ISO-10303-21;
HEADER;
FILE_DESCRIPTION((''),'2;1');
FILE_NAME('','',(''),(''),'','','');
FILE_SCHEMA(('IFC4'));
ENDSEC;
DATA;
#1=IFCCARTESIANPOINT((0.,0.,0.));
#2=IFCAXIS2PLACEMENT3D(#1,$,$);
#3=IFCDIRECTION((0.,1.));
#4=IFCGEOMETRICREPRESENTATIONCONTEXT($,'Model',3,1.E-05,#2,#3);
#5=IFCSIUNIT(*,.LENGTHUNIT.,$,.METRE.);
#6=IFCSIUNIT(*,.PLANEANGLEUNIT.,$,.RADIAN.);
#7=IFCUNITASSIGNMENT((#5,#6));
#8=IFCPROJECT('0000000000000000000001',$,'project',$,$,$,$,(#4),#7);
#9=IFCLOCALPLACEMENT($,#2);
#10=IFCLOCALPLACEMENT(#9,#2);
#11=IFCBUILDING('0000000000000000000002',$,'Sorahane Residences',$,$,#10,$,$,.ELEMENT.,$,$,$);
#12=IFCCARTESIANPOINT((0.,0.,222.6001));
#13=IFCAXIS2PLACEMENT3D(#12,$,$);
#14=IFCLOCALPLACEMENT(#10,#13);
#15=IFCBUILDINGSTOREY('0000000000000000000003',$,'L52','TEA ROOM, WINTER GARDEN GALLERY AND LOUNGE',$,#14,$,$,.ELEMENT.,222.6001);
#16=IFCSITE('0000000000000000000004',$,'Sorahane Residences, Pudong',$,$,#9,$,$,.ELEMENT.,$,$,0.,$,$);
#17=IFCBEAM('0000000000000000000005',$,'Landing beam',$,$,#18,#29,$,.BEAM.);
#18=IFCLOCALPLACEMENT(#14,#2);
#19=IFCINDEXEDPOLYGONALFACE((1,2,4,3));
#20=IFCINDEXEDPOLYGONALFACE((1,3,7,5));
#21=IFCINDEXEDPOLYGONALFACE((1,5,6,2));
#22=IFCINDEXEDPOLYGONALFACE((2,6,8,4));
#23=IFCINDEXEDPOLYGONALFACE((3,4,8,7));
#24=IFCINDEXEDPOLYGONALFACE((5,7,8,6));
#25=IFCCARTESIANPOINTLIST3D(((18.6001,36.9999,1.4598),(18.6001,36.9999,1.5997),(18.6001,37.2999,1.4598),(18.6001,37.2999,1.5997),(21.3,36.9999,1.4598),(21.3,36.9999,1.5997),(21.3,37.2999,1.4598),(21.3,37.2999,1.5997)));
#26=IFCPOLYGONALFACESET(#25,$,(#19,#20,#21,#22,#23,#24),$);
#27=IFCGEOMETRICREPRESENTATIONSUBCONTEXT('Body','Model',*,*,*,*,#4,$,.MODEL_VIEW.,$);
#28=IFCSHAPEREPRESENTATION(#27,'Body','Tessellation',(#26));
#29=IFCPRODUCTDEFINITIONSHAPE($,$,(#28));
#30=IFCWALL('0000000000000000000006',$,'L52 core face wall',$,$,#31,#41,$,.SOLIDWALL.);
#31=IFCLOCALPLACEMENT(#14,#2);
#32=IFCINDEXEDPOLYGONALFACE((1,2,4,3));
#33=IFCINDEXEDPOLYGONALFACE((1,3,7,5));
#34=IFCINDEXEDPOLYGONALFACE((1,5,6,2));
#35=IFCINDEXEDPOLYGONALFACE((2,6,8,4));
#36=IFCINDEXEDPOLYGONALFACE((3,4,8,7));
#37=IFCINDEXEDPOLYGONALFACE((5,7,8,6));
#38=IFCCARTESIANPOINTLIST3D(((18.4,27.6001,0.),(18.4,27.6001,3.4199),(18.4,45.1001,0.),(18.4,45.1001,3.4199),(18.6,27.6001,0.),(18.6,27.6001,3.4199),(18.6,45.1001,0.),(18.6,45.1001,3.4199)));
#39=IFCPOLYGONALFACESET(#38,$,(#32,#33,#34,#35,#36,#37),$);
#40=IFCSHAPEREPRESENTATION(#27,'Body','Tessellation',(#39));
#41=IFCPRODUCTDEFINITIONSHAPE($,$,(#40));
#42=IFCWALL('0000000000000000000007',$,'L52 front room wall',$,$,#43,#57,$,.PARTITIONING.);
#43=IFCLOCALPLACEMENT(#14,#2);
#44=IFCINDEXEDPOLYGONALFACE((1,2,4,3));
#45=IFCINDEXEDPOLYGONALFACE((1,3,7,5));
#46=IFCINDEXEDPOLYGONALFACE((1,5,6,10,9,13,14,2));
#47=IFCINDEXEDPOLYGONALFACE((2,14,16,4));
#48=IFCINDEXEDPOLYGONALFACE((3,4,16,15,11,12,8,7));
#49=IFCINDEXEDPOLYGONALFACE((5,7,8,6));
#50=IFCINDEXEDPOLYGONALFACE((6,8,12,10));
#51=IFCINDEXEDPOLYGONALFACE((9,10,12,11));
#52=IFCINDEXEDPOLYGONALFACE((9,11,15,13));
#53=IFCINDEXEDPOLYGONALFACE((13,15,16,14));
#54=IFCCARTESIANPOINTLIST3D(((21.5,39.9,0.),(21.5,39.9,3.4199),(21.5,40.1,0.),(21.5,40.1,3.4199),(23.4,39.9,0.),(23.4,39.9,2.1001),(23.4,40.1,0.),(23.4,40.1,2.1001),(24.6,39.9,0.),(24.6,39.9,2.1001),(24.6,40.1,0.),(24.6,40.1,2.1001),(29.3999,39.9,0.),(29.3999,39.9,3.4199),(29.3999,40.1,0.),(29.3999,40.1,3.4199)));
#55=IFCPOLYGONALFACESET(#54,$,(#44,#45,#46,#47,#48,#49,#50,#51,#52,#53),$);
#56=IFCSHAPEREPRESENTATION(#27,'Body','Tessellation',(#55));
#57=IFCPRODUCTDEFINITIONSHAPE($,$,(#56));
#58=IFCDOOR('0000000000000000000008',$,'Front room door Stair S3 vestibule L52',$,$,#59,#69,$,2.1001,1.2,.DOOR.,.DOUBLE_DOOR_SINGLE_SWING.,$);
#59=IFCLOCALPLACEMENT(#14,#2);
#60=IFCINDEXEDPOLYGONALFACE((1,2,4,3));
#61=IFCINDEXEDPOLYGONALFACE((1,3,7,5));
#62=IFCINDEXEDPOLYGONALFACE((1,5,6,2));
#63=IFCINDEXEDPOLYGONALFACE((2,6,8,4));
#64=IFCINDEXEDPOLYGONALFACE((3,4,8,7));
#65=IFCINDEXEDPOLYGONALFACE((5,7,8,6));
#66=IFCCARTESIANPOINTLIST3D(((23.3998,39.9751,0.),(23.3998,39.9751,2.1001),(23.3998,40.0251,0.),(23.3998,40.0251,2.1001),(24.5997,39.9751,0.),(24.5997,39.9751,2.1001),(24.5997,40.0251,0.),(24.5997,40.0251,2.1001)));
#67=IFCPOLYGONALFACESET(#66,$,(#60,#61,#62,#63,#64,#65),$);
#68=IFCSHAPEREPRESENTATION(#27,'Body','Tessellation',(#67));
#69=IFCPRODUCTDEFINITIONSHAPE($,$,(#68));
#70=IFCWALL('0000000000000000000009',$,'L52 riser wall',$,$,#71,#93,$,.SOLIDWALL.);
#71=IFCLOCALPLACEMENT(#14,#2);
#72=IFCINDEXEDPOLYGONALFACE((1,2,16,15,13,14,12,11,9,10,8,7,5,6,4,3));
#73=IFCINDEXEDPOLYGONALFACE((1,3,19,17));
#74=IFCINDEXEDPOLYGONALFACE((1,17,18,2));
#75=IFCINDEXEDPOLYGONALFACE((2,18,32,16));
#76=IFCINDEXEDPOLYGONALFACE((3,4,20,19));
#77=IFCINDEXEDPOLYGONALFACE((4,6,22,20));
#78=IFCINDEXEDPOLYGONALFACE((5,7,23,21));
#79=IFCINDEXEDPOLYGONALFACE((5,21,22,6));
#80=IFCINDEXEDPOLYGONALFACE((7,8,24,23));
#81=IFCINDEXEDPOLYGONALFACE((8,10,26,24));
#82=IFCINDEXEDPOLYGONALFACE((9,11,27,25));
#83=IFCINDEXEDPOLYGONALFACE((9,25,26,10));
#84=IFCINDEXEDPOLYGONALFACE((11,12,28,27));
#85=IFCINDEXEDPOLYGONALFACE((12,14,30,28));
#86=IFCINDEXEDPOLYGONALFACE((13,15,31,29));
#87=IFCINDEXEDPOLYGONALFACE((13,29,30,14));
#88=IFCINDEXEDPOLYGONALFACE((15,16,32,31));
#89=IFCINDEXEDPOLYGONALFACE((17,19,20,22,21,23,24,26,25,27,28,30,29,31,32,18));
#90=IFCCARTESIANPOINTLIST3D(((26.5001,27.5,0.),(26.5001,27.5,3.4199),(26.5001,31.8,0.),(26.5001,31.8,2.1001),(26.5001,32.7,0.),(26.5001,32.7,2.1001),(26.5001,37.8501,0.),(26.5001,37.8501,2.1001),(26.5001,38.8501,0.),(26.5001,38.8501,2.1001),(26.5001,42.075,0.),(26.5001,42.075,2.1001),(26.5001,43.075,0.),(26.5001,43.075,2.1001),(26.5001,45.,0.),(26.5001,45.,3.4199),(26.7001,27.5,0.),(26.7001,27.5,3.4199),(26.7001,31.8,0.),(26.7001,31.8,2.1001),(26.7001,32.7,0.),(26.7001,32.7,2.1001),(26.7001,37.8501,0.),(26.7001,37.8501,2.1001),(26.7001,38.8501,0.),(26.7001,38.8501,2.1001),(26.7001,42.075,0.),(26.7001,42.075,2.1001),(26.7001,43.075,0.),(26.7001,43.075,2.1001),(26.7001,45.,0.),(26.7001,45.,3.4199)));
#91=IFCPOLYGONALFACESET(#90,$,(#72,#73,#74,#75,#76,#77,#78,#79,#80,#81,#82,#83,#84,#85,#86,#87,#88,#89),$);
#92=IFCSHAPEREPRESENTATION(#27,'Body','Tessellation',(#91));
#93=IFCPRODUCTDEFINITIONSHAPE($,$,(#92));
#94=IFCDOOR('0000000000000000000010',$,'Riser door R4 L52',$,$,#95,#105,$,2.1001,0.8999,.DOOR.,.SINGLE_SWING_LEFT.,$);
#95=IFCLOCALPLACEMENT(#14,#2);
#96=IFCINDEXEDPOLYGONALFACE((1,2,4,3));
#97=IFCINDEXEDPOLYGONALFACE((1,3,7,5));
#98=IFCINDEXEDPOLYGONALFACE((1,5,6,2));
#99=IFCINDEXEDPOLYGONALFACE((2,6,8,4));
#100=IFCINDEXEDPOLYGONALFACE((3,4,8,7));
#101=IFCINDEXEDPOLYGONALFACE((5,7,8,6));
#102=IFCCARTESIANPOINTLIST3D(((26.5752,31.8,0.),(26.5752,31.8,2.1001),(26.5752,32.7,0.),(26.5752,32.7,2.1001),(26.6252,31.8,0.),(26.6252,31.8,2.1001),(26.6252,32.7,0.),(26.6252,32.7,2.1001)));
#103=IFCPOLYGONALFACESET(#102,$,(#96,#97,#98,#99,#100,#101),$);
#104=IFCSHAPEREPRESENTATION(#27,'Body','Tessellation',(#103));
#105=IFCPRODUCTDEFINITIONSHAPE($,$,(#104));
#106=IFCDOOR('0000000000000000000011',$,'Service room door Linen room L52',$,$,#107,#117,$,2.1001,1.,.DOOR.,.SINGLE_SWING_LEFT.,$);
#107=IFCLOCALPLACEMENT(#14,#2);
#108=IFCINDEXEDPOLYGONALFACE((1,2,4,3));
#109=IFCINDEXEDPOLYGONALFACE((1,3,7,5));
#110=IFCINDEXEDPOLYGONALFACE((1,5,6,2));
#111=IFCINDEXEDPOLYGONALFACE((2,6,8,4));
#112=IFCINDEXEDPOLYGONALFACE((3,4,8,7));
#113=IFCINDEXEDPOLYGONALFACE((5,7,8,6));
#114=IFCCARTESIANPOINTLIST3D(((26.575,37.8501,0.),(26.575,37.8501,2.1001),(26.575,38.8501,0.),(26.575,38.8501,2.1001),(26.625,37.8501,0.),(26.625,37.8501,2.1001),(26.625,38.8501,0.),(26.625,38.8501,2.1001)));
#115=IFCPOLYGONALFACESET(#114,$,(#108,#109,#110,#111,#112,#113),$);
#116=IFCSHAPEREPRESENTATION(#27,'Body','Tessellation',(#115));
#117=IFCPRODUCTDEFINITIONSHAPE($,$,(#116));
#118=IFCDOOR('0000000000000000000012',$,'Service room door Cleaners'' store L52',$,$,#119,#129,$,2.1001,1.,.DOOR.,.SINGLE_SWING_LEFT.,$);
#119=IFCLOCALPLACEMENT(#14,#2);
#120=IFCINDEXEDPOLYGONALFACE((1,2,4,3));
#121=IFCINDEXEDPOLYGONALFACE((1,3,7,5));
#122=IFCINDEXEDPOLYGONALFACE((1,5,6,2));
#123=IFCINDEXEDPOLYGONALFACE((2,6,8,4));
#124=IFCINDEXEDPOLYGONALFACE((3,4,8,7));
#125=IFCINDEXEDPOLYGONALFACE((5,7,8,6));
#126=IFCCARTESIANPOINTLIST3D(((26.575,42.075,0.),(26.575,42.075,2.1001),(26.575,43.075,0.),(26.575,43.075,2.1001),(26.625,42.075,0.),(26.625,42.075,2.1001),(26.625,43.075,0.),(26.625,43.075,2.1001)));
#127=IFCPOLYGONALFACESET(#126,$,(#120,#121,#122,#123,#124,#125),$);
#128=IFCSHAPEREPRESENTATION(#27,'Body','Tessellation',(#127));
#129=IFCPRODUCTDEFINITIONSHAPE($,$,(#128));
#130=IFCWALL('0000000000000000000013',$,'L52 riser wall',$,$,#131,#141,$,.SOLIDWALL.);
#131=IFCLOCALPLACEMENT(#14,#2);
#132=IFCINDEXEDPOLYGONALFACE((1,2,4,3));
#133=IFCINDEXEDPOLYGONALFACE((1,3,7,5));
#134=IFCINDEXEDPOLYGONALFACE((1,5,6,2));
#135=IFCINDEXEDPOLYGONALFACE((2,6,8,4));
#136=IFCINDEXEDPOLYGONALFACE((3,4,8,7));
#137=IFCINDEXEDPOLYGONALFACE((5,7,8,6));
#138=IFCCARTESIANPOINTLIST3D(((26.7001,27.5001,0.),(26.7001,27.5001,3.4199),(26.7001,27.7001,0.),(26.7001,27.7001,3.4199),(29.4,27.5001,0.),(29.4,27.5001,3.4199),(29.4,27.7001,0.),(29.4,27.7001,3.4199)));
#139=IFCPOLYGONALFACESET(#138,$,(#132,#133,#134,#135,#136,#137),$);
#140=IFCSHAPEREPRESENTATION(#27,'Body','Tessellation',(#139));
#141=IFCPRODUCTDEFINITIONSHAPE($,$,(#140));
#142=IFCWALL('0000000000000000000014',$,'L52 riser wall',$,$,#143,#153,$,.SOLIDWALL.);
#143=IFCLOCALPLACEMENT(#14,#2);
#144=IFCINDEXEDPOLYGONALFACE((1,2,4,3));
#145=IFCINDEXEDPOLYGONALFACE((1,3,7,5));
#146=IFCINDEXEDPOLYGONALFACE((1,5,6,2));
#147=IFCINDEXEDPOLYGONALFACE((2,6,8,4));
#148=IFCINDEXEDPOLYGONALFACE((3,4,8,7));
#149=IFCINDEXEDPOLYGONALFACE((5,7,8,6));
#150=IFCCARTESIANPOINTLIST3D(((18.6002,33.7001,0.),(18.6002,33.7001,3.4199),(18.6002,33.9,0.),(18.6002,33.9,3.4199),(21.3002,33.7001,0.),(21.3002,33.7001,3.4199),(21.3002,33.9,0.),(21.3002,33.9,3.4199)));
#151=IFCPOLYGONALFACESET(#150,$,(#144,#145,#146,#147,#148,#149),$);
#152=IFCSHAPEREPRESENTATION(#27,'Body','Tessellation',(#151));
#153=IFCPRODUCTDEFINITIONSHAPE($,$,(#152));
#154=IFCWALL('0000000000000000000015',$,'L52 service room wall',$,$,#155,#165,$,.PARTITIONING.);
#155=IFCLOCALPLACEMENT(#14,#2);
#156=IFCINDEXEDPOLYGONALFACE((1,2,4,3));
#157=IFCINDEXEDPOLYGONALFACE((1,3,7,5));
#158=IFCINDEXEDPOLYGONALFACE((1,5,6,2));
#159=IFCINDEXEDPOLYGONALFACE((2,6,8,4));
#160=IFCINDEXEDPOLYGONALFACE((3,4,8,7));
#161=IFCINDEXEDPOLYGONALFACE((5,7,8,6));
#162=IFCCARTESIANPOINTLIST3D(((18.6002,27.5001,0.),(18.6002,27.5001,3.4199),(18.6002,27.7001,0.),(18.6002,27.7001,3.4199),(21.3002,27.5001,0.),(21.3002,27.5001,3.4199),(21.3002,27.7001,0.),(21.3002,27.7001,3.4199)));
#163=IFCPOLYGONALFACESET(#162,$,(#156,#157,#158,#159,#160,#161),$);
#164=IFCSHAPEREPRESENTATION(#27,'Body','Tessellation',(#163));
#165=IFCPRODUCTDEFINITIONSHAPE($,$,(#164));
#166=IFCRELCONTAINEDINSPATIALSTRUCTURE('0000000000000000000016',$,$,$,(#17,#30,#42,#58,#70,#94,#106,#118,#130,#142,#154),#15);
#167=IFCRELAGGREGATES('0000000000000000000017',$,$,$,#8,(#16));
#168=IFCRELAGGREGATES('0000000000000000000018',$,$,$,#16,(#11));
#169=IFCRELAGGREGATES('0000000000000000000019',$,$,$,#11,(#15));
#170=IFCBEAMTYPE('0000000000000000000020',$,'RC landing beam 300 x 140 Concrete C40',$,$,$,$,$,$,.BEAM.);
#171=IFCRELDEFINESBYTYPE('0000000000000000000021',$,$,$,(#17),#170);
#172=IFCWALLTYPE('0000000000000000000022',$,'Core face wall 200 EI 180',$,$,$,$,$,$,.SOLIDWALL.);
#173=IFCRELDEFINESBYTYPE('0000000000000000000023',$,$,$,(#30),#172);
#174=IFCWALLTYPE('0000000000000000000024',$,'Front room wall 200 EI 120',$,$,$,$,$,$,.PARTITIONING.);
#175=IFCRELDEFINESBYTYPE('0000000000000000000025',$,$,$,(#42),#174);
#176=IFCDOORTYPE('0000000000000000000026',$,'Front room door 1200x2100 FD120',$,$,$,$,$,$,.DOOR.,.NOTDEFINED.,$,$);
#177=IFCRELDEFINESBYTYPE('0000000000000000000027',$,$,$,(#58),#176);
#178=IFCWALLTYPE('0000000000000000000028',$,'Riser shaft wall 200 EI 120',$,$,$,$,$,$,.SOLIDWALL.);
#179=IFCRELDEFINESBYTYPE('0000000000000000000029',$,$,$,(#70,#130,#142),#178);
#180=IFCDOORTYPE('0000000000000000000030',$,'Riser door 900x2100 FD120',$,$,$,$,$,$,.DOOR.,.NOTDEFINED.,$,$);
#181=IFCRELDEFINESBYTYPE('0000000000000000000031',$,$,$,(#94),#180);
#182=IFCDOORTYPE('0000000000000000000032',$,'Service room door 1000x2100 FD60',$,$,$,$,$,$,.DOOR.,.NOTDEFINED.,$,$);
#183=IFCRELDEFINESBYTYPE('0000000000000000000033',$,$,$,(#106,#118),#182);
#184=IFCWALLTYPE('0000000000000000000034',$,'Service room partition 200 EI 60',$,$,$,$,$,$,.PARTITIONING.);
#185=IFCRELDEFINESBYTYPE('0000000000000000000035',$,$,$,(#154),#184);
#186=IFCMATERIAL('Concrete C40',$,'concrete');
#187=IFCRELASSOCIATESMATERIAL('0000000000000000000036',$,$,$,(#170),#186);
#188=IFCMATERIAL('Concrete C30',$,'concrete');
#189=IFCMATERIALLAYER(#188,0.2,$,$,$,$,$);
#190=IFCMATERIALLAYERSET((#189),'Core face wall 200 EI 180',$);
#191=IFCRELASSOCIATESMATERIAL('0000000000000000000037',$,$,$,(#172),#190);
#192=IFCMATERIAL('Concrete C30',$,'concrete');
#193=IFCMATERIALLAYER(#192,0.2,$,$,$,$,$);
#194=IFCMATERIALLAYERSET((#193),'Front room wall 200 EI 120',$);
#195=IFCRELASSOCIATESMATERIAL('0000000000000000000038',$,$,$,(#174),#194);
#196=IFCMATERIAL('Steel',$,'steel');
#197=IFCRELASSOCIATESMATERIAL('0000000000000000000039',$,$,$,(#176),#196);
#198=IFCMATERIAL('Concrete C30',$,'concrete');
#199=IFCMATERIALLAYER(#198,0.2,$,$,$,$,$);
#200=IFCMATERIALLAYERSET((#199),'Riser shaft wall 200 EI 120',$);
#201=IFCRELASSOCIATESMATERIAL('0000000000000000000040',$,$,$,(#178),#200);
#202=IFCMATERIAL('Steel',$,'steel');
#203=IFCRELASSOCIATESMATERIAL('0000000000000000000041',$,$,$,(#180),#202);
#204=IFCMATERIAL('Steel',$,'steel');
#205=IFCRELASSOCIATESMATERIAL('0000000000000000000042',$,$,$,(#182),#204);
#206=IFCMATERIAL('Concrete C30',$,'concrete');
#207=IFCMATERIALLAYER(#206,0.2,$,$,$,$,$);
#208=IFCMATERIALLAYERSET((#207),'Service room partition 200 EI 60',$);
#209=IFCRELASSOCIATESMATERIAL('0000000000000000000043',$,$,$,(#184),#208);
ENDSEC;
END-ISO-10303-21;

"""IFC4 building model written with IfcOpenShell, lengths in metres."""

from ifc_helpers import new_model, si_unit, direction, frame, frame_2d, origin, origin_2d, place, context, subcontext, project, spatial, rectangle, extrude, material, layer, layer_set, material_profile, profile_set, type_object, element, fill, save


model = new_model("IFC4")

# Units and contexts
model_context = context("Model", 3, precision=1e-05, world=origin(), true_north=direction((0.0, 1.0)))
body_context = subcontext(model_context, "Body", "Model", "MODEL_VIEW")
ifc_project = project(units=[si_unit("LENGTHUNIT", "METRE"), si_unit("PLANEANGLEUNIT", "RADIAN")], contexts=[model_context])

# Site, building, storey
site_placement = place(None, origin())
site = spatial("IfcSite", under=ifc_project, at=site_placement, Name="Sorahane Residences, Pudong", CompositionType="ELEMENT", RefElevation=0.0)
building_placement = place(site_placement, origin())
building = spatial("IfcBuilding", under=site, at=building_placement, Name="Sorahane Residences", CompositionType="ELEMENT")
storey_placement = place(building_placement, frame((0.0, 0.0, 222.6001)))
storey = spatial("IfcBuildingStorey", under=building, at=storey_placement, Name="L52", Description="TEA ROOM, WINTER GARDEN GALLERY AND LOUNGE", CompositionType="ELEMENT", Elevation=222.6001)

# Beam
ifc_material_1 = material(Name="Concrete C40", Category="concrete")
ifc_material_profile = material_profile(ifc_material_1, rectangle(XDim=0.3, YDim=0.1399, at=origin_2d()), Name="300x140")
ifc_profile_set = profile_set([ifc_material_profile], Name="Concrete C40")
beam_type = type_object("IfcBeamType", Name="RC landing beam 300 x 140 Concrete C40", PredefinedType="BEAM", material=ifc_profile_set)
beam_placement = place(storey_placement, frame((18.6001, 37.1499, 1.5298), z_axis=(1.0, 0.0, 0.0), x_axis=(0.0, 1.0, 0.0)))
element("IfcBeam", 1, at=beam_placement, inside=storey, type_object=beam_type, Name="Landing beam", PredefinedType="BEAM", context=body_context, shape_type="SweptSolid", body=[
    extrude(rectangle(XDim=0.3, YDim=0.1399, at=origin_2d()), origin(), (0.0, 0.0, 1.0), 2.7),
])

# Wall
ifc_material_2 = material(Name="Concrete C30", Category="concrete")
ifc_layer_1 = layer(ifc_material_2, 0.2)
ifc_layer_set_1 = layer_set([ifc_layer_1], Name="Core face wall 200 EI 180")
wall_type_1 = type_object("IfcWallType", Name="Core face wall 200 EI 180", PredefinedType="SOLIDWALL", material=ifc_layer_set_1)
wall_1_placement = place(storey_placement, frame((18.5, 27.6001, 0.0), z_axis=(0.0, 0.0, 1.0), x_axis=(0.0, 1.0, 0.0)))
element("IfcWall", 2, at=wall_1_placement, inside=storey, type_object=wall_type_1, Name="L52 core face wall", PredefinedType="SOLIDWALL", context=body_context, shape_type="SweptSolid", body=[
    extrude(rectangle(XDim=17.5, YDim=0.2, at=frame_2d((8.75, 0.0))), origin(), (0.0, 0.0, 1.0), 3.4199),
])

# Wall, opening, door
ifc_material_3 = material(Name="Concrete C30", Category="concrete")
ifc_layer_2 = layer(ifc_material_3, 0.2)
ifc_layer_set_2 = layer_set([ifc_layer_2], Name="Front room wall 200 EI 120")
wall_type_2 = type_object("IfcWallType", Name="Front room wall 200 EI 120", PredefinedType="PARTITIONING", material=ifc_layer_set_2)
wall_2_placement = place(storey_placement, frame((21.5, 40.0, 0.0), z_axis=(0.0, 0.0, 1.0), x_axis=(1.0, 0.0, 0.0)))
wall_2 = element("IfcWall", 3, at=wall_2_placement, inside=storey, type_object=wall_type_2, Name="L52 front room wall", PredefinedType="PARTITIONING", context=body_context, shape_type="SweptSolid", body=[
    extrude(rectangle(XDim=7.8999, YDim=0.2, at=frame_2d((3.95, 0.0))), origin(), (0.0, 0.0, 1.0), 3.4199),
])
opening_1_placement = place(wall_2_placement, frame((1.8999, 0.0, 0.0)))
opening_1 = element("IfcOpeningElement", 4, at=opening_1_placement, cuts=wall_2, PredefinedType="OPENING", context=body_context, shape_type="SweptSolid", body=[
    extrude(rectangle(XDim=1.2, YDim=2.1001, at=frame_2d((0.6001, 1.05))), frame((0.0, 0.1099, 0.0), z_axis=(0.0, -1.0, 0.0), x_axis=(1.0, 0.0, 0.0)), (0.0, 0.0, 1.0), 0.22),
])
ifc_material_4 = material(Name="Steel", Category="steel")
door_type_1 = type_object("IfcDoorType", Name="Front room door 1200x2100 FD120", OperationType="NOTDEFINED", PredefinedType="DOOR", material=ifc_material_4)
door_1_placement = place(opening_1_placement, frame((1.2, 0.0, 0.0), z_axis=(0.0, 0.0, 1.0), x_axis=(-1.0, 0.0, 0.0)))
door_1 = element("IfcDoor", 5, at=door_1_placement, inside=storey, type_object=door_type_1, Name="Front room door Stair S3 vestibule L52", OperationType="DOUBLE_DOOR_SINGLE_SWING", OverallHeight=2.1001, OverallWidth=1.2, PredefinedType="DOOR", context=body_context, shape_type="SweptSolid", body=[
    extrude(rectangle(XDim=1.2, YDim=2.1001, at=frame_2d((0.6001, 1.05))), frame((0.0, 0.0249, 0.0), z_axis=(0.0, -1.0, 0.0), x_axis=(1.0, 0.0, 0.0)), (0.0, 0.0, 1.0), 0.05),
])
fill(opening_1, door_1)

# Wall, openings, doors
ifc_material_5 = material(Name="Concrete C30", Category="concrete")
ifc_layer_3 = layer(ifc_material_5, 0.2)
ifc_layer_set_3 = layer_set([ifc_layer_3], Name="Riser shaft wall 200 EI 120")
wall_type_3 = type_object("IfcWallType", Name="Riser shaft wall 200 EI 120", PredefinedType="SOLIDWALL", material=ifc_layer_set_3)
wall_3_placement = place(storey_placement, frame((26.6001, 27.5, 0.0), z_axis=(0.0, 0.0, 1.0), x_axis=(0.0, 1.0, 0.0)))
wall_3 = element("IfcWall", 6, at=wall_3_placement, inside=storey, type_object=wall_type_3, Name="L52 riser wall", PredefinedType="SOLIDWALL", context=body_context, shape_type="SweptSolid", body=[
    extrude(rectangle(XDim=17.5, YDim=0.2, at=frame_2d((8.75, 0.0))), origin(), (0.0, 0.0, 1.0), 3.4199),
])
opening_2_placement = place(wall_3_placement, frame((4.3, 0.0, 0.0)))
opening_2 = element("IfcOpeningElement", 7, at=opening_2_placement, cuts=wall_3, PredefinedType="OPENING", context=body_context, shape_type="SweptSolid", body=[
    extrude(rectangle(XDim=0.8999, YDim=2.1001, at=frame_2d((0.45, 1.05))), frame((0.0, 0.1099, 0.0), z_axis=(0.0, -1.0, 0.0), x_axis=(1.0, 0.0, 0.0)), (0.0, 0.0, 1.0), 0.22),
])
opening_3_placement = place(wall_3_placement, frame((10.3501, 0.0, 0.0)))
opening_3 = element("IfcOpeningElement", 8, at=opening_3_placement, cuts=wall_3, PredefinedType="OPENING", context=body_context, shape_type="SweptSolid", body=[
    extrude(rectangle(XDim=1.0, YDim=2.1001, at=frame_2d((0.5, 1.05))), frame((0.0, 0.1099, 0.0), z_axis=(0.0, -1.0, 0.0), x_axis=(1.0, 0.0, 0.0)), (0.0, 0.0, 1.0), 0.22),
])
opening_4_placement = place(wall_3_placement, frame((14.575, 0.0, 0.0)))
opening_4 = element("IfcOpeningElement", 9, at=opening_4_placement, cuts=wall_3, PredefinedType="OPENING", context=body_context, shape_type="SweptSolid", body=[
    extrude(rectangle(XDim=1.0, YDim=2.1001, at=frame_2d((0.5, 1.05))), frame((0.0, 0.1099, 0.0), z_axis=(0.0, -1.0, 0.0), x_axis=(1.0, 0.0, 0.0)), (0.0, 0.0, 1.0), 0.22),
])
ifc_material_6 = material(Name="Steel", Category="steel")
door_type_2 = type_object("IfcDoorType", Name="Riser door 900x2100 FD120", OperationType="NOTDEFINED", PredefinedType="DOOR", material=ifc_material_6)
door_2_placement = place(opening_2_placement, origin())
door_2 = element("IfcDoor", 10, at=door_2_placement, inside=storey, type_object=door_type_2, Name="Riser door R4 L52", OperationType="SINGLE_SWING_LEFT", OverallHeight=2.1001, OverallWidth=0.8999, PredefinedType="DOOR", context=body_context, shape_type="SweptSolid", body=[
    extrude(rectangle(XDim=0.8999, YDim=2.1001, at=frame_2d((0.45, 1.05))), frame((0.0, 0.0249, 0.0), z_axis=(0.0, -1.0, 0.0), x_axis=(1.0, 0.0, 0.0)), (0.0, 0.0, 1.0), 0.05),
])
fill(opening_2, door_2)
ifc_material_7 = material(Name="Steel", Category="steel")
door_type_3 = type_object("IfcDoorType", Name="Service room door 1000x2100 FD60", OperationType="NOTDEFINED", PredefinedType="DOOR", material=ifc_material_7)
door_3_placement = place(opening_3_placement, frame((1.0, 0.0, 0.0), z_axis=(0.0, 0.0, 1.0), x_axis=(-1.0, 0.0, 0.0)))
door_3 = element("IfcDoor", 11, at=door_3_placement, inside=storey, type_object=door_type_3, Name="Service room door Linen room L52", OperationType="SINGLE_SWING_LEFT", OverallHeight=2.1001, OverallWidth=1.0, PredefinedType="DOOR", context=body_context, shape_type="SweptSolid", body=[
    extrude(rectangle(XDim=1.0, YDim=2.1001, at=frame_2d((0.5, 1.05))), frame((0.0, 0.0249, 0.0), z_axis=(0.0, -1.0, 0.0), x_axis=(1.0, 0.0, 0.0)), (0.0, 0.0, 1.0), 0.05),
])
fill(opening_3, door_3)
door_4_placement = place(opening_4_placement, frame((1.0, 0.0, 0.0), z_axis=(0.0, 0.0, 1.0), x_axis=(-1.0, 0.0, 0.0)))
door_4 = element("IfcDoor", 12, at=door_4_placement, inside=storey, type_object=door_type_3, Name="Service room door Cleaners' store L52", OperationType="SINGLE_SWING_LEFT", OverallHeight=2.1001, OverallWidth=1.0, PredefinedType="DOOR", context=body_context, shape_type="SweptSolid", body=[
    extrude(rectangle(XDim=1.0, YDim=2.1001, at=frame_2d((0.5, 1.05))), frame((0.0, 0.0249, 0.0), z_axis=(0.0, -1.0, 0.0), x_axis=(1.0, 0.0, 0.0)), (0.0, 0.0, 1.0), 0.05),
])
fill(opening_4, door_4)

# Walls
for number, where, z_axis, x_axis, name in (
    (13, (26.7, 27.6001, 0.0), (0.0, 0.0, 1.0), (1.0, 0.0, 0.0), "L52 riser wall"),
    (14, (18.6001, 33.8, 0.0), (0.0, 0.0, 1.0), (1.0, 0.0, 0.0), "L52 riser wall"),
):
    element("IfcWall", number, at=place(storey_placement, frame(where, z_axis=z_axis, x_axis=x_axis)), inside=storey, type_object=wall_type_3, Name=name, PredefinedType="SOLIDWALL", context=body_context, shape_type="SweptSolid", body=[
        extrude(rectangle(XDim=2.7, YDim=0.2, at=frame_2d((1.3501, 0.0))), origin(), (0.0, 0.0, 1.0), 3.4199),
    ])
ifc_material_8 = material(Name="Concrete C30", Category="concrete")
ifc_layer_4 = layer(ifc_material_8, 0.2)
ifc_layer_set_4 = layer_set([ifc_layer_4], Name="Service room partition 200 EI 60")
wall_type_4 = type_object("IfcWallType", Name="Service room partition 200 EI 60", PredefinedType="PARTITIONING", material=ifc_layer_set_4)
for number, where, z_axis, x_axis, name in (
    (15, (18.6001, 27.6001, 0.0), (0.0, 0.0, 1.0), (1.0, 0.0, 0.0), "L52 service room wall"),
):
    element("IfcWall", number, at=place(storey_placement, frame(where, z_axis=z_axis, x_axis=x_axis)), inside=storey, type_object=wall_type_4, Name=name, PredefinedType="PARTITIONING", context=body_context, shape_type="SweptSolid", body=[
        extrude(rectangle(XDim=2.7, YDim=0.2, at=frame_2d((1.3501, 0.0))), origin(), (0.0, 0.0, 1.0), 3.4199),
    ])

save(model, "model.ifc")
